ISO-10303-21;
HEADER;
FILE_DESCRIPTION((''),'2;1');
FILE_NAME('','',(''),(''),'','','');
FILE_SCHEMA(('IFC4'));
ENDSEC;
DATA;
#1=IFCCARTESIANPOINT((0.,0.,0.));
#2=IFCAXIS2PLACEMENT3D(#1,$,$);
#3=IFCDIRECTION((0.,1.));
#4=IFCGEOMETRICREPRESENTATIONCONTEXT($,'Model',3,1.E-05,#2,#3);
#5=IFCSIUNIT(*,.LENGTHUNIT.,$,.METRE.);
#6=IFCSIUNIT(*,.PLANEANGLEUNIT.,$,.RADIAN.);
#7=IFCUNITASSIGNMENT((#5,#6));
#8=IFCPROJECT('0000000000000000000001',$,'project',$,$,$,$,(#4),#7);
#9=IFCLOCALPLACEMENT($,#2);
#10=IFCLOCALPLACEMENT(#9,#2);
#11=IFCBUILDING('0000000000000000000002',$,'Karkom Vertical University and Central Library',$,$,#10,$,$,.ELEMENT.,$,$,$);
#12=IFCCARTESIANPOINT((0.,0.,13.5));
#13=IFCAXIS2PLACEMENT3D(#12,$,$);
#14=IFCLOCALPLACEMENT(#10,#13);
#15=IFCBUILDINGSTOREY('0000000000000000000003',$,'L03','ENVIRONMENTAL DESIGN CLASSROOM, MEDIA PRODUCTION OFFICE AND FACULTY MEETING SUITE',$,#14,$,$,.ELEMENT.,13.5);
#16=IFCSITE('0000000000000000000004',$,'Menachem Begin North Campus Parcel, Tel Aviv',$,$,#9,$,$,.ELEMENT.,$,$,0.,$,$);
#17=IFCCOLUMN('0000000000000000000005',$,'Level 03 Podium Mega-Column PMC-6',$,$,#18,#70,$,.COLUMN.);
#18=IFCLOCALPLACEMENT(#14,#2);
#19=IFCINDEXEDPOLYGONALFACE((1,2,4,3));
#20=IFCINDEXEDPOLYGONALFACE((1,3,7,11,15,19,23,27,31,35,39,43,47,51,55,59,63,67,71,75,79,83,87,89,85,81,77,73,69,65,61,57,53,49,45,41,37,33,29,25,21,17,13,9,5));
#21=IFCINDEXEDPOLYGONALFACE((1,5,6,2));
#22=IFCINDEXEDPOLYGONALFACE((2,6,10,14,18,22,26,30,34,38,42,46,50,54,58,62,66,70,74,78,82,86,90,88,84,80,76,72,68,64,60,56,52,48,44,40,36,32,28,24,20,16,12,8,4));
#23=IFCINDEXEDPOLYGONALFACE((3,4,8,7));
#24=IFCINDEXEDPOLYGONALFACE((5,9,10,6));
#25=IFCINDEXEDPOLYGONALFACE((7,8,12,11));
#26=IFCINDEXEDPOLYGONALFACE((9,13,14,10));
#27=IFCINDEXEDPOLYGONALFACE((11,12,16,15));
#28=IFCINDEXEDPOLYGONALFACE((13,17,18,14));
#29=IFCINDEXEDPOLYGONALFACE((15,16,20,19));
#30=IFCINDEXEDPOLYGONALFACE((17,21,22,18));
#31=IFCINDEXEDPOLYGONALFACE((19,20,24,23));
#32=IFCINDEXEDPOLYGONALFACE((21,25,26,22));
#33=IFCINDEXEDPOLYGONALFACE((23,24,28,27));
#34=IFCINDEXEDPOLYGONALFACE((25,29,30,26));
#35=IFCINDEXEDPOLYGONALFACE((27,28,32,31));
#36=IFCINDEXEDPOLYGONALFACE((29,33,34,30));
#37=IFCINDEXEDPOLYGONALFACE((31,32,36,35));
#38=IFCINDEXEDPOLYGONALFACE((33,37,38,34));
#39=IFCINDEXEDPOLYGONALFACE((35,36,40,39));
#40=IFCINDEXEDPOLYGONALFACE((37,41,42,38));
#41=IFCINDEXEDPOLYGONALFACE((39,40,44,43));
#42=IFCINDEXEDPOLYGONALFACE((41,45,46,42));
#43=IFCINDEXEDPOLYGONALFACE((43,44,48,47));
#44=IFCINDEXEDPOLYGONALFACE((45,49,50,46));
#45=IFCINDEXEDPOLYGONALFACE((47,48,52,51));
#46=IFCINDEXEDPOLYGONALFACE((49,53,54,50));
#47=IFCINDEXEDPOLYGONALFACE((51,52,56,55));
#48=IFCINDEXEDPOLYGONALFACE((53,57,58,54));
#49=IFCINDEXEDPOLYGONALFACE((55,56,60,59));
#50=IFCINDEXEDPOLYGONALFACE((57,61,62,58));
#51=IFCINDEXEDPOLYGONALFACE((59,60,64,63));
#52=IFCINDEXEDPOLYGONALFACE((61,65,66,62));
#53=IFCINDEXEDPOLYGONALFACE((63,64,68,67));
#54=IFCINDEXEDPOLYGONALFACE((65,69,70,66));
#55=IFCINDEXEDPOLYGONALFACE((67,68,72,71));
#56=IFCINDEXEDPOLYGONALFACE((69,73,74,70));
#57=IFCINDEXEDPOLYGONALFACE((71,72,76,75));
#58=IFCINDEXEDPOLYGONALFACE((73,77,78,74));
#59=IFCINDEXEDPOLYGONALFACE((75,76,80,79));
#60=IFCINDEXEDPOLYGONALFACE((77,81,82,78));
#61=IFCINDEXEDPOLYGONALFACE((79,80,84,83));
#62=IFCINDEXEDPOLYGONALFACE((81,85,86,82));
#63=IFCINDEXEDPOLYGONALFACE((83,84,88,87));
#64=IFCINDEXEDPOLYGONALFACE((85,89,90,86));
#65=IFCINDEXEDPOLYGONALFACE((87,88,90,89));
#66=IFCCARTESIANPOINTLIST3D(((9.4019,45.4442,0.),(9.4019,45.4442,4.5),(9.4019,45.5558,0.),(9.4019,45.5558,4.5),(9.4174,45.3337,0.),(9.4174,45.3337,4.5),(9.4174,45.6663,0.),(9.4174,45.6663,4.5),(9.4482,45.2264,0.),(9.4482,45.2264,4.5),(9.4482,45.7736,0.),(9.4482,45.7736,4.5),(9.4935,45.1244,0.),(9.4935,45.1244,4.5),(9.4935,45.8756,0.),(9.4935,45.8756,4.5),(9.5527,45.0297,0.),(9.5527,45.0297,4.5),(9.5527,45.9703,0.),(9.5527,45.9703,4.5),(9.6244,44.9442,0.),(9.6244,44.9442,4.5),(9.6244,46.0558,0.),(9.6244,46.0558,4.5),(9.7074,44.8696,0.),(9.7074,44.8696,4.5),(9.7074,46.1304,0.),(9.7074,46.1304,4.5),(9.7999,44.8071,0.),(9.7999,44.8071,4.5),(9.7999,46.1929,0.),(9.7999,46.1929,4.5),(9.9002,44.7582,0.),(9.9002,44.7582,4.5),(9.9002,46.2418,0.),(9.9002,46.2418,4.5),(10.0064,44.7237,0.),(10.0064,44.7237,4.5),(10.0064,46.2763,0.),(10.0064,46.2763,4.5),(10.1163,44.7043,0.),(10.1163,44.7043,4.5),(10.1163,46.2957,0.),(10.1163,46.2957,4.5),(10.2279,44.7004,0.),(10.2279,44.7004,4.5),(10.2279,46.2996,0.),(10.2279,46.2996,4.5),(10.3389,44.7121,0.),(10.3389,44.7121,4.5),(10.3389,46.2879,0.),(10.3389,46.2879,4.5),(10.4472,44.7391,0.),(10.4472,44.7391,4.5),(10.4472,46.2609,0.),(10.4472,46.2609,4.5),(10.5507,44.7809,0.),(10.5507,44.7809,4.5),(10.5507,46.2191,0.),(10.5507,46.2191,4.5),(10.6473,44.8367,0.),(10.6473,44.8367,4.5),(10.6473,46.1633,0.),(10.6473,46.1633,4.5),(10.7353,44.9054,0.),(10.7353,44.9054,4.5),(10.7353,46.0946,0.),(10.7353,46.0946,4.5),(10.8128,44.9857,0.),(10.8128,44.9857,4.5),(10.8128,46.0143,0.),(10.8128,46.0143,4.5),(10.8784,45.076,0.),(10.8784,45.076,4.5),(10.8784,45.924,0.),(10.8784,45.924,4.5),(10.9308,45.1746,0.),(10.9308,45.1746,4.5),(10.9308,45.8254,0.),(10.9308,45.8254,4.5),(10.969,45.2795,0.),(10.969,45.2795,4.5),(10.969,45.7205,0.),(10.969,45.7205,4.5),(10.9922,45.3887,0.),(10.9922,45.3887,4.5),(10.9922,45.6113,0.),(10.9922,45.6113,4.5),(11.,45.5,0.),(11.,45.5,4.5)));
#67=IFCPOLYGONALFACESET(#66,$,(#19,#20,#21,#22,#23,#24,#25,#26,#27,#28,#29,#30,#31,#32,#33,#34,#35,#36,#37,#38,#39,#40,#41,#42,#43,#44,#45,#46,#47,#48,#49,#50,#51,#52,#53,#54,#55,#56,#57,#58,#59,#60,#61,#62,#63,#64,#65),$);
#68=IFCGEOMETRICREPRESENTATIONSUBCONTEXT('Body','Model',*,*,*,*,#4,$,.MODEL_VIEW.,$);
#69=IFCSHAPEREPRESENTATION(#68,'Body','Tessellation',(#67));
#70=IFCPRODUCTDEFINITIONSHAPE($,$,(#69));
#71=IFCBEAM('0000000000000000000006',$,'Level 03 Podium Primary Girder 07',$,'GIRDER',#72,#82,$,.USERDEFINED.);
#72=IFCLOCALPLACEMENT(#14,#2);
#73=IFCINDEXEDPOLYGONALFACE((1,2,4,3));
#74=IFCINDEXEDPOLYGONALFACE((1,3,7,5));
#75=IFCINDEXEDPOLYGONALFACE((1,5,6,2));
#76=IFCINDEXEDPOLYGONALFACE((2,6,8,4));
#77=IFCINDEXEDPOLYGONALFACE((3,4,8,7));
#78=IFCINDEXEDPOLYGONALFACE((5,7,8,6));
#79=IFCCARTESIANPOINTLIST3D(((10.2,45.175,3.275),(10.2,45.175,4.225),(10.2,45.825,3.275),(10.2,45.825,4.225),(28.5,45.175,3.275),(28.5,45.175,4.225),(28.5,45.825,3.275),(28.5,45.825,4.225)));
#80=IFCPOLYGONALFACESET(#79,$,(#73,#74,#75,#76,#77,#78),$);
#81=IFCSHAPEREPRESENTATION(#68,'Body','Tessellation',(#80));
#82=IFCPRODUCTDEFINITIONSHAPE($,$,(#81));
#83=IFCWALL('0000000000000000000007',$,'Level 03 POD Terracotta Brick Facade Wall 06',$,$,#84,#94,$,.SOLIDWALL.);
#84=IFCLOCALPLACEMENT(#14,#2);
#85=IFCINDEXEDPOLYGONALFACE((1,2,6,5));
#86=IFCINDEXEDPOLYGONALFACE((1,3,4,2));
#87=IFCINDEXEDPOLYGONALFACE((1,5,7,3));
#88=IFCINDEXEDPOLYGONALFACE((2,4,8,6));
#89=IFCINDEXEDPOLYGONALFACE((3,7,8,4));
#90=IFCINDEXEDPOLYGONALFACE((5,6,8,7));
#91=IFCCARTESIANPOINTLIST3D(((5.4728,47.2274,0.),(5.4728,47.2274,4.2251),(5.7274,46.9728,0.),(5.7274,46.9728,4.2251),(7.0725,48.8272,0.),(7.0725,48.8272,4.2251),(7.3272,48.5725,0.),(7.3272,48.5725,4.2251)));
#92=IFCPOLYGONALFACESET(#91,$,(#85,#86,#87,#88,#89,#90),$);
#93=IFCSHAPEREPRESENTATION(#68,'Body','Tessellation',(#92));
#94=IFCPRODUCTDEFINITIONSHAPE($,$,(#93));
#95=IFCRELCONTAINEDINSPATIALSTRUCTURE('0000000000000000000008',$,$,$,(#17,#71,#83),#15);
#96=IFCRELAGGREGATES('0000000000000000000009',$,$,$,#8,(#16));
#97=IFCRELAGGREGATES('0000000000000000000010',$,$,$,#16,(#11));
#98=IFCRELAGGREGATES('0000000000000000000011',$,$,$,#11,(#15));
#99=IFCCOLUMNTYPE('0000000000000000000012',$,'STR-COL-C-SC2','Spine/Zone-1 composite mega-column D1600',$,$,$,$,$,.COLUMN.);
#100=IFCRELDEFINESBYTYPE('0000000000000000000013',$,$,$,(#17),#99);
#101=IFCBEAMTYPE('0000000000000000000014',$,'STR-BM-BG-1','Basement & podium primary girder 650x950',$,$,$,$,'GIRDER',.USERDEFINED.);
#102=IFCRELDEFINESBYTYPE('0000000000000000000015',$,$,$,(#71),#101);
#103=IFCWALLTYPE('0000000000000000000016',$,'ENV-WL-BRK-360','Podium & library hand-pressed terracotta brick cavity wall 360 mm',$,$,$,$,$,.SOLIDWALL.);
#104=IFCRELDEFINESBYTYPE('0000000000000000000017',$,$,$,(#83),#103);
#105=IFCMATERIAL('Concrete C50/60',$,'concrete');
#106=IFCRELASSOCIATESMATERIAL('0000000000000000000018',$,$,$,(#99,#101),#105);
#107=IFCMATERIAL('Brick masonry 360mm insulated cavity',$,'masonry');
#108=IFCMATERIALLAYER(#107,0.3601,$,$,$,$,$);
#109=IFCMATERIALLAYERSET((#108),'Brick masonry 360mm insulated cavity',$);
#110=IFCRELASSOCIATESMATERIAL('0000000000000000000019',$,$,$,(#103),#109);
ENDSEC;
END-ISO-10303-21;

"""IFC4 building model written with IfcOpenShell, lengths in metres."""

from ifc_helpers import new_model, si_unit, direction, frame, frame_2d, origin, origin_with_axes, origin_2d, place, context, subcontext, project, spatial, rectangle, circle, extrude, source, transform, mapped, material, layer, layer_set, material_profile, profile_set, type_object, element, save


model = new_model("IFC4")

# Units and contexts
model_context = context("Model", 3, precision=1e-05, world=origin(), true_north=direction((0.0, 1.0)))
body_context = subcontext(model_context, "Body", "Model", "MODEL_VIEW")
ifc_project = project(units=[si_unit("LENGTHUNIT", "METRE"), si_unit("PLANEANGLEUNIT", "RADIAN")], contexts=[model_context])

# Site, building, storey
site_placement = place(None, origin())
site = spatial("IfcSite", under=ifc_project, at=site_placement, Name="Menachem Begin North Campus Parcel, Tel Aviv", CompositionType="ELEMENT", RefElevation=0.0)
building_placement = place(site_placement, origin())
building = spatial("IfcBuilding", under=site, at=building_placement, Name="Karkom Vertical University and Central Library", CompositionType="ELEMENT")
storey_placement = place(building_placement, frame((0.0, 0.0, 13.5)))
storey = spatial("IfcBuildingStorey", under=building, at=storey_placement, Name="L03", Description="ENVIRONMENTAL DESIGN CLASSROOM, MEDIA PRODUCTION OFFICE AND FACULTY MEETING SUITE", CompositionType="ELEMENT", Elevation=13.5)

# Column
ifc_material_1 = material(Name="Concrete C50/60", Category="concrete")
ifc_material_profile_1 = material_profile(ifc_material_1, circle(Radius=0.8, at=origin_2d()), Name="CFT-D1600")
ifc_profile_set_1 = profile_set([ifc_material_profile_1], Name="Concrete C50/60")
column_type = type_object("IfcColumnType", Name="STR-COL-C-SC2", Description="Spine/Zone-1 composite mega-column D1600", PredefinedType="COLUMN", material=ifc_profile_set_1)
shared_shape_1 = source(origin_with_axes(), body_context, "Body", "SweptSolid", [
    extrude(circle(Radius=0.8, at=origin_2d()), origin(), (0.0, 0.0, 1.0), 4.5),
])
column_placement = place(storey_placement, frame((10.2, 45.5, 0.0), z_axis=(0.0, 0.0, 1.0), x_axis=(1.0, 0.0, 0.0)))
element("IfcColumn", 1, at=column_placement, inside=storey, type_object=column_type, Name="Level 03 Podium Mega-Column PMC-6", PredefinedType="COLUMN", context=body_context, shape_type="MappedRepresentation", body=[
    mapped(shared_shape_1, transform((0.0, 0.0, 0.0), scale=1.0)),
])

# Beam
ifc_material_profile_2 = material_profile(ifc_material_1, rectangle(XDim=0.6499, YDim=0.95, at=origin_2d()), Name="RCG-650x950")
ifc_profile_set_2 = profile_set([ifc_material_profile_2], Name="Concrete C50/60")
beam_type = type_object("IfcBeamType", Name="STR-BM-BG-1", Description="Basement & podium primary girder 650x950", ElementType="GIRDER", PredefinedType="USERDEFINED", material=ifc_profile_set_2)
shared_shape_2 = source(origin_with_axes(), body_context, "Body", "SweptSolid", [
    extrude(rectangle(XDim=0.6499, YDim=0.95, at=origin_2d()), origin(), (0.0, 0.0, 1.0), 18.3),
])
beam_placement = place(storey_placement, frame((10.2, 45.5, 3.75), z_axis=(1.0, 0.0, 0.0), x_axis=(0.0, 1.0, 0.0)))
element("IfcBeam", 2, at=beam_placement, inside=storey, type_object=beam_type, Name="Level 03 Podium Primary Girder 07", ObjectType="GIRDER", PredefinedType="USERDEFINED", context=body_context, shape_type="MappedRepresentation", body=[
    mapped(shared_shape_2, transform((0.0, 0.0, 0.0), scale=1.0)),
])

# Wall
ifc_material_2 = material(Name="Brick masonry 360mm insulated cavity", Category="masonry")
ifc_layer_1 = layer(ifc_material_2, 0.3601)
ifc_layer_set_1 = layer_set([ifc_layer_1], Name="Brick masonry 360mm insulated cavity")
wall_type_1 = type_object("IfcWallType", Name="ENV-WL-BRK-360", Description="Podium & library hand-pressed terracotta brick cavity wall 360 mm", PredefinedType="SOLIDWALL", material=ifc_layer_set_1)
wall_1_placement = place(storey_placement, frame((7.2, 48.7, 0.0), z_axis=(0.0, 0.0, 1.0), x_axis=(-0.707107, -0.707107, 0.0)))
element("IfcWall", 3, at=wall_1_placement, inside=storey, type_object=wall_type_1, Name="Level 03 POD Terracotta Brick Facade Wall 06", PredefinedType="SOLIDWALL", context=body_context, shape_type="SweptSolid", body=[
    extrude(rectangle(XDim=2.2625, YDim=0.3601, at=frame_2d((1.1313, 0.0))), origin(), (0.0, 0.0, 1.0), 4.2251),
])

save(model, "model.ifc")
